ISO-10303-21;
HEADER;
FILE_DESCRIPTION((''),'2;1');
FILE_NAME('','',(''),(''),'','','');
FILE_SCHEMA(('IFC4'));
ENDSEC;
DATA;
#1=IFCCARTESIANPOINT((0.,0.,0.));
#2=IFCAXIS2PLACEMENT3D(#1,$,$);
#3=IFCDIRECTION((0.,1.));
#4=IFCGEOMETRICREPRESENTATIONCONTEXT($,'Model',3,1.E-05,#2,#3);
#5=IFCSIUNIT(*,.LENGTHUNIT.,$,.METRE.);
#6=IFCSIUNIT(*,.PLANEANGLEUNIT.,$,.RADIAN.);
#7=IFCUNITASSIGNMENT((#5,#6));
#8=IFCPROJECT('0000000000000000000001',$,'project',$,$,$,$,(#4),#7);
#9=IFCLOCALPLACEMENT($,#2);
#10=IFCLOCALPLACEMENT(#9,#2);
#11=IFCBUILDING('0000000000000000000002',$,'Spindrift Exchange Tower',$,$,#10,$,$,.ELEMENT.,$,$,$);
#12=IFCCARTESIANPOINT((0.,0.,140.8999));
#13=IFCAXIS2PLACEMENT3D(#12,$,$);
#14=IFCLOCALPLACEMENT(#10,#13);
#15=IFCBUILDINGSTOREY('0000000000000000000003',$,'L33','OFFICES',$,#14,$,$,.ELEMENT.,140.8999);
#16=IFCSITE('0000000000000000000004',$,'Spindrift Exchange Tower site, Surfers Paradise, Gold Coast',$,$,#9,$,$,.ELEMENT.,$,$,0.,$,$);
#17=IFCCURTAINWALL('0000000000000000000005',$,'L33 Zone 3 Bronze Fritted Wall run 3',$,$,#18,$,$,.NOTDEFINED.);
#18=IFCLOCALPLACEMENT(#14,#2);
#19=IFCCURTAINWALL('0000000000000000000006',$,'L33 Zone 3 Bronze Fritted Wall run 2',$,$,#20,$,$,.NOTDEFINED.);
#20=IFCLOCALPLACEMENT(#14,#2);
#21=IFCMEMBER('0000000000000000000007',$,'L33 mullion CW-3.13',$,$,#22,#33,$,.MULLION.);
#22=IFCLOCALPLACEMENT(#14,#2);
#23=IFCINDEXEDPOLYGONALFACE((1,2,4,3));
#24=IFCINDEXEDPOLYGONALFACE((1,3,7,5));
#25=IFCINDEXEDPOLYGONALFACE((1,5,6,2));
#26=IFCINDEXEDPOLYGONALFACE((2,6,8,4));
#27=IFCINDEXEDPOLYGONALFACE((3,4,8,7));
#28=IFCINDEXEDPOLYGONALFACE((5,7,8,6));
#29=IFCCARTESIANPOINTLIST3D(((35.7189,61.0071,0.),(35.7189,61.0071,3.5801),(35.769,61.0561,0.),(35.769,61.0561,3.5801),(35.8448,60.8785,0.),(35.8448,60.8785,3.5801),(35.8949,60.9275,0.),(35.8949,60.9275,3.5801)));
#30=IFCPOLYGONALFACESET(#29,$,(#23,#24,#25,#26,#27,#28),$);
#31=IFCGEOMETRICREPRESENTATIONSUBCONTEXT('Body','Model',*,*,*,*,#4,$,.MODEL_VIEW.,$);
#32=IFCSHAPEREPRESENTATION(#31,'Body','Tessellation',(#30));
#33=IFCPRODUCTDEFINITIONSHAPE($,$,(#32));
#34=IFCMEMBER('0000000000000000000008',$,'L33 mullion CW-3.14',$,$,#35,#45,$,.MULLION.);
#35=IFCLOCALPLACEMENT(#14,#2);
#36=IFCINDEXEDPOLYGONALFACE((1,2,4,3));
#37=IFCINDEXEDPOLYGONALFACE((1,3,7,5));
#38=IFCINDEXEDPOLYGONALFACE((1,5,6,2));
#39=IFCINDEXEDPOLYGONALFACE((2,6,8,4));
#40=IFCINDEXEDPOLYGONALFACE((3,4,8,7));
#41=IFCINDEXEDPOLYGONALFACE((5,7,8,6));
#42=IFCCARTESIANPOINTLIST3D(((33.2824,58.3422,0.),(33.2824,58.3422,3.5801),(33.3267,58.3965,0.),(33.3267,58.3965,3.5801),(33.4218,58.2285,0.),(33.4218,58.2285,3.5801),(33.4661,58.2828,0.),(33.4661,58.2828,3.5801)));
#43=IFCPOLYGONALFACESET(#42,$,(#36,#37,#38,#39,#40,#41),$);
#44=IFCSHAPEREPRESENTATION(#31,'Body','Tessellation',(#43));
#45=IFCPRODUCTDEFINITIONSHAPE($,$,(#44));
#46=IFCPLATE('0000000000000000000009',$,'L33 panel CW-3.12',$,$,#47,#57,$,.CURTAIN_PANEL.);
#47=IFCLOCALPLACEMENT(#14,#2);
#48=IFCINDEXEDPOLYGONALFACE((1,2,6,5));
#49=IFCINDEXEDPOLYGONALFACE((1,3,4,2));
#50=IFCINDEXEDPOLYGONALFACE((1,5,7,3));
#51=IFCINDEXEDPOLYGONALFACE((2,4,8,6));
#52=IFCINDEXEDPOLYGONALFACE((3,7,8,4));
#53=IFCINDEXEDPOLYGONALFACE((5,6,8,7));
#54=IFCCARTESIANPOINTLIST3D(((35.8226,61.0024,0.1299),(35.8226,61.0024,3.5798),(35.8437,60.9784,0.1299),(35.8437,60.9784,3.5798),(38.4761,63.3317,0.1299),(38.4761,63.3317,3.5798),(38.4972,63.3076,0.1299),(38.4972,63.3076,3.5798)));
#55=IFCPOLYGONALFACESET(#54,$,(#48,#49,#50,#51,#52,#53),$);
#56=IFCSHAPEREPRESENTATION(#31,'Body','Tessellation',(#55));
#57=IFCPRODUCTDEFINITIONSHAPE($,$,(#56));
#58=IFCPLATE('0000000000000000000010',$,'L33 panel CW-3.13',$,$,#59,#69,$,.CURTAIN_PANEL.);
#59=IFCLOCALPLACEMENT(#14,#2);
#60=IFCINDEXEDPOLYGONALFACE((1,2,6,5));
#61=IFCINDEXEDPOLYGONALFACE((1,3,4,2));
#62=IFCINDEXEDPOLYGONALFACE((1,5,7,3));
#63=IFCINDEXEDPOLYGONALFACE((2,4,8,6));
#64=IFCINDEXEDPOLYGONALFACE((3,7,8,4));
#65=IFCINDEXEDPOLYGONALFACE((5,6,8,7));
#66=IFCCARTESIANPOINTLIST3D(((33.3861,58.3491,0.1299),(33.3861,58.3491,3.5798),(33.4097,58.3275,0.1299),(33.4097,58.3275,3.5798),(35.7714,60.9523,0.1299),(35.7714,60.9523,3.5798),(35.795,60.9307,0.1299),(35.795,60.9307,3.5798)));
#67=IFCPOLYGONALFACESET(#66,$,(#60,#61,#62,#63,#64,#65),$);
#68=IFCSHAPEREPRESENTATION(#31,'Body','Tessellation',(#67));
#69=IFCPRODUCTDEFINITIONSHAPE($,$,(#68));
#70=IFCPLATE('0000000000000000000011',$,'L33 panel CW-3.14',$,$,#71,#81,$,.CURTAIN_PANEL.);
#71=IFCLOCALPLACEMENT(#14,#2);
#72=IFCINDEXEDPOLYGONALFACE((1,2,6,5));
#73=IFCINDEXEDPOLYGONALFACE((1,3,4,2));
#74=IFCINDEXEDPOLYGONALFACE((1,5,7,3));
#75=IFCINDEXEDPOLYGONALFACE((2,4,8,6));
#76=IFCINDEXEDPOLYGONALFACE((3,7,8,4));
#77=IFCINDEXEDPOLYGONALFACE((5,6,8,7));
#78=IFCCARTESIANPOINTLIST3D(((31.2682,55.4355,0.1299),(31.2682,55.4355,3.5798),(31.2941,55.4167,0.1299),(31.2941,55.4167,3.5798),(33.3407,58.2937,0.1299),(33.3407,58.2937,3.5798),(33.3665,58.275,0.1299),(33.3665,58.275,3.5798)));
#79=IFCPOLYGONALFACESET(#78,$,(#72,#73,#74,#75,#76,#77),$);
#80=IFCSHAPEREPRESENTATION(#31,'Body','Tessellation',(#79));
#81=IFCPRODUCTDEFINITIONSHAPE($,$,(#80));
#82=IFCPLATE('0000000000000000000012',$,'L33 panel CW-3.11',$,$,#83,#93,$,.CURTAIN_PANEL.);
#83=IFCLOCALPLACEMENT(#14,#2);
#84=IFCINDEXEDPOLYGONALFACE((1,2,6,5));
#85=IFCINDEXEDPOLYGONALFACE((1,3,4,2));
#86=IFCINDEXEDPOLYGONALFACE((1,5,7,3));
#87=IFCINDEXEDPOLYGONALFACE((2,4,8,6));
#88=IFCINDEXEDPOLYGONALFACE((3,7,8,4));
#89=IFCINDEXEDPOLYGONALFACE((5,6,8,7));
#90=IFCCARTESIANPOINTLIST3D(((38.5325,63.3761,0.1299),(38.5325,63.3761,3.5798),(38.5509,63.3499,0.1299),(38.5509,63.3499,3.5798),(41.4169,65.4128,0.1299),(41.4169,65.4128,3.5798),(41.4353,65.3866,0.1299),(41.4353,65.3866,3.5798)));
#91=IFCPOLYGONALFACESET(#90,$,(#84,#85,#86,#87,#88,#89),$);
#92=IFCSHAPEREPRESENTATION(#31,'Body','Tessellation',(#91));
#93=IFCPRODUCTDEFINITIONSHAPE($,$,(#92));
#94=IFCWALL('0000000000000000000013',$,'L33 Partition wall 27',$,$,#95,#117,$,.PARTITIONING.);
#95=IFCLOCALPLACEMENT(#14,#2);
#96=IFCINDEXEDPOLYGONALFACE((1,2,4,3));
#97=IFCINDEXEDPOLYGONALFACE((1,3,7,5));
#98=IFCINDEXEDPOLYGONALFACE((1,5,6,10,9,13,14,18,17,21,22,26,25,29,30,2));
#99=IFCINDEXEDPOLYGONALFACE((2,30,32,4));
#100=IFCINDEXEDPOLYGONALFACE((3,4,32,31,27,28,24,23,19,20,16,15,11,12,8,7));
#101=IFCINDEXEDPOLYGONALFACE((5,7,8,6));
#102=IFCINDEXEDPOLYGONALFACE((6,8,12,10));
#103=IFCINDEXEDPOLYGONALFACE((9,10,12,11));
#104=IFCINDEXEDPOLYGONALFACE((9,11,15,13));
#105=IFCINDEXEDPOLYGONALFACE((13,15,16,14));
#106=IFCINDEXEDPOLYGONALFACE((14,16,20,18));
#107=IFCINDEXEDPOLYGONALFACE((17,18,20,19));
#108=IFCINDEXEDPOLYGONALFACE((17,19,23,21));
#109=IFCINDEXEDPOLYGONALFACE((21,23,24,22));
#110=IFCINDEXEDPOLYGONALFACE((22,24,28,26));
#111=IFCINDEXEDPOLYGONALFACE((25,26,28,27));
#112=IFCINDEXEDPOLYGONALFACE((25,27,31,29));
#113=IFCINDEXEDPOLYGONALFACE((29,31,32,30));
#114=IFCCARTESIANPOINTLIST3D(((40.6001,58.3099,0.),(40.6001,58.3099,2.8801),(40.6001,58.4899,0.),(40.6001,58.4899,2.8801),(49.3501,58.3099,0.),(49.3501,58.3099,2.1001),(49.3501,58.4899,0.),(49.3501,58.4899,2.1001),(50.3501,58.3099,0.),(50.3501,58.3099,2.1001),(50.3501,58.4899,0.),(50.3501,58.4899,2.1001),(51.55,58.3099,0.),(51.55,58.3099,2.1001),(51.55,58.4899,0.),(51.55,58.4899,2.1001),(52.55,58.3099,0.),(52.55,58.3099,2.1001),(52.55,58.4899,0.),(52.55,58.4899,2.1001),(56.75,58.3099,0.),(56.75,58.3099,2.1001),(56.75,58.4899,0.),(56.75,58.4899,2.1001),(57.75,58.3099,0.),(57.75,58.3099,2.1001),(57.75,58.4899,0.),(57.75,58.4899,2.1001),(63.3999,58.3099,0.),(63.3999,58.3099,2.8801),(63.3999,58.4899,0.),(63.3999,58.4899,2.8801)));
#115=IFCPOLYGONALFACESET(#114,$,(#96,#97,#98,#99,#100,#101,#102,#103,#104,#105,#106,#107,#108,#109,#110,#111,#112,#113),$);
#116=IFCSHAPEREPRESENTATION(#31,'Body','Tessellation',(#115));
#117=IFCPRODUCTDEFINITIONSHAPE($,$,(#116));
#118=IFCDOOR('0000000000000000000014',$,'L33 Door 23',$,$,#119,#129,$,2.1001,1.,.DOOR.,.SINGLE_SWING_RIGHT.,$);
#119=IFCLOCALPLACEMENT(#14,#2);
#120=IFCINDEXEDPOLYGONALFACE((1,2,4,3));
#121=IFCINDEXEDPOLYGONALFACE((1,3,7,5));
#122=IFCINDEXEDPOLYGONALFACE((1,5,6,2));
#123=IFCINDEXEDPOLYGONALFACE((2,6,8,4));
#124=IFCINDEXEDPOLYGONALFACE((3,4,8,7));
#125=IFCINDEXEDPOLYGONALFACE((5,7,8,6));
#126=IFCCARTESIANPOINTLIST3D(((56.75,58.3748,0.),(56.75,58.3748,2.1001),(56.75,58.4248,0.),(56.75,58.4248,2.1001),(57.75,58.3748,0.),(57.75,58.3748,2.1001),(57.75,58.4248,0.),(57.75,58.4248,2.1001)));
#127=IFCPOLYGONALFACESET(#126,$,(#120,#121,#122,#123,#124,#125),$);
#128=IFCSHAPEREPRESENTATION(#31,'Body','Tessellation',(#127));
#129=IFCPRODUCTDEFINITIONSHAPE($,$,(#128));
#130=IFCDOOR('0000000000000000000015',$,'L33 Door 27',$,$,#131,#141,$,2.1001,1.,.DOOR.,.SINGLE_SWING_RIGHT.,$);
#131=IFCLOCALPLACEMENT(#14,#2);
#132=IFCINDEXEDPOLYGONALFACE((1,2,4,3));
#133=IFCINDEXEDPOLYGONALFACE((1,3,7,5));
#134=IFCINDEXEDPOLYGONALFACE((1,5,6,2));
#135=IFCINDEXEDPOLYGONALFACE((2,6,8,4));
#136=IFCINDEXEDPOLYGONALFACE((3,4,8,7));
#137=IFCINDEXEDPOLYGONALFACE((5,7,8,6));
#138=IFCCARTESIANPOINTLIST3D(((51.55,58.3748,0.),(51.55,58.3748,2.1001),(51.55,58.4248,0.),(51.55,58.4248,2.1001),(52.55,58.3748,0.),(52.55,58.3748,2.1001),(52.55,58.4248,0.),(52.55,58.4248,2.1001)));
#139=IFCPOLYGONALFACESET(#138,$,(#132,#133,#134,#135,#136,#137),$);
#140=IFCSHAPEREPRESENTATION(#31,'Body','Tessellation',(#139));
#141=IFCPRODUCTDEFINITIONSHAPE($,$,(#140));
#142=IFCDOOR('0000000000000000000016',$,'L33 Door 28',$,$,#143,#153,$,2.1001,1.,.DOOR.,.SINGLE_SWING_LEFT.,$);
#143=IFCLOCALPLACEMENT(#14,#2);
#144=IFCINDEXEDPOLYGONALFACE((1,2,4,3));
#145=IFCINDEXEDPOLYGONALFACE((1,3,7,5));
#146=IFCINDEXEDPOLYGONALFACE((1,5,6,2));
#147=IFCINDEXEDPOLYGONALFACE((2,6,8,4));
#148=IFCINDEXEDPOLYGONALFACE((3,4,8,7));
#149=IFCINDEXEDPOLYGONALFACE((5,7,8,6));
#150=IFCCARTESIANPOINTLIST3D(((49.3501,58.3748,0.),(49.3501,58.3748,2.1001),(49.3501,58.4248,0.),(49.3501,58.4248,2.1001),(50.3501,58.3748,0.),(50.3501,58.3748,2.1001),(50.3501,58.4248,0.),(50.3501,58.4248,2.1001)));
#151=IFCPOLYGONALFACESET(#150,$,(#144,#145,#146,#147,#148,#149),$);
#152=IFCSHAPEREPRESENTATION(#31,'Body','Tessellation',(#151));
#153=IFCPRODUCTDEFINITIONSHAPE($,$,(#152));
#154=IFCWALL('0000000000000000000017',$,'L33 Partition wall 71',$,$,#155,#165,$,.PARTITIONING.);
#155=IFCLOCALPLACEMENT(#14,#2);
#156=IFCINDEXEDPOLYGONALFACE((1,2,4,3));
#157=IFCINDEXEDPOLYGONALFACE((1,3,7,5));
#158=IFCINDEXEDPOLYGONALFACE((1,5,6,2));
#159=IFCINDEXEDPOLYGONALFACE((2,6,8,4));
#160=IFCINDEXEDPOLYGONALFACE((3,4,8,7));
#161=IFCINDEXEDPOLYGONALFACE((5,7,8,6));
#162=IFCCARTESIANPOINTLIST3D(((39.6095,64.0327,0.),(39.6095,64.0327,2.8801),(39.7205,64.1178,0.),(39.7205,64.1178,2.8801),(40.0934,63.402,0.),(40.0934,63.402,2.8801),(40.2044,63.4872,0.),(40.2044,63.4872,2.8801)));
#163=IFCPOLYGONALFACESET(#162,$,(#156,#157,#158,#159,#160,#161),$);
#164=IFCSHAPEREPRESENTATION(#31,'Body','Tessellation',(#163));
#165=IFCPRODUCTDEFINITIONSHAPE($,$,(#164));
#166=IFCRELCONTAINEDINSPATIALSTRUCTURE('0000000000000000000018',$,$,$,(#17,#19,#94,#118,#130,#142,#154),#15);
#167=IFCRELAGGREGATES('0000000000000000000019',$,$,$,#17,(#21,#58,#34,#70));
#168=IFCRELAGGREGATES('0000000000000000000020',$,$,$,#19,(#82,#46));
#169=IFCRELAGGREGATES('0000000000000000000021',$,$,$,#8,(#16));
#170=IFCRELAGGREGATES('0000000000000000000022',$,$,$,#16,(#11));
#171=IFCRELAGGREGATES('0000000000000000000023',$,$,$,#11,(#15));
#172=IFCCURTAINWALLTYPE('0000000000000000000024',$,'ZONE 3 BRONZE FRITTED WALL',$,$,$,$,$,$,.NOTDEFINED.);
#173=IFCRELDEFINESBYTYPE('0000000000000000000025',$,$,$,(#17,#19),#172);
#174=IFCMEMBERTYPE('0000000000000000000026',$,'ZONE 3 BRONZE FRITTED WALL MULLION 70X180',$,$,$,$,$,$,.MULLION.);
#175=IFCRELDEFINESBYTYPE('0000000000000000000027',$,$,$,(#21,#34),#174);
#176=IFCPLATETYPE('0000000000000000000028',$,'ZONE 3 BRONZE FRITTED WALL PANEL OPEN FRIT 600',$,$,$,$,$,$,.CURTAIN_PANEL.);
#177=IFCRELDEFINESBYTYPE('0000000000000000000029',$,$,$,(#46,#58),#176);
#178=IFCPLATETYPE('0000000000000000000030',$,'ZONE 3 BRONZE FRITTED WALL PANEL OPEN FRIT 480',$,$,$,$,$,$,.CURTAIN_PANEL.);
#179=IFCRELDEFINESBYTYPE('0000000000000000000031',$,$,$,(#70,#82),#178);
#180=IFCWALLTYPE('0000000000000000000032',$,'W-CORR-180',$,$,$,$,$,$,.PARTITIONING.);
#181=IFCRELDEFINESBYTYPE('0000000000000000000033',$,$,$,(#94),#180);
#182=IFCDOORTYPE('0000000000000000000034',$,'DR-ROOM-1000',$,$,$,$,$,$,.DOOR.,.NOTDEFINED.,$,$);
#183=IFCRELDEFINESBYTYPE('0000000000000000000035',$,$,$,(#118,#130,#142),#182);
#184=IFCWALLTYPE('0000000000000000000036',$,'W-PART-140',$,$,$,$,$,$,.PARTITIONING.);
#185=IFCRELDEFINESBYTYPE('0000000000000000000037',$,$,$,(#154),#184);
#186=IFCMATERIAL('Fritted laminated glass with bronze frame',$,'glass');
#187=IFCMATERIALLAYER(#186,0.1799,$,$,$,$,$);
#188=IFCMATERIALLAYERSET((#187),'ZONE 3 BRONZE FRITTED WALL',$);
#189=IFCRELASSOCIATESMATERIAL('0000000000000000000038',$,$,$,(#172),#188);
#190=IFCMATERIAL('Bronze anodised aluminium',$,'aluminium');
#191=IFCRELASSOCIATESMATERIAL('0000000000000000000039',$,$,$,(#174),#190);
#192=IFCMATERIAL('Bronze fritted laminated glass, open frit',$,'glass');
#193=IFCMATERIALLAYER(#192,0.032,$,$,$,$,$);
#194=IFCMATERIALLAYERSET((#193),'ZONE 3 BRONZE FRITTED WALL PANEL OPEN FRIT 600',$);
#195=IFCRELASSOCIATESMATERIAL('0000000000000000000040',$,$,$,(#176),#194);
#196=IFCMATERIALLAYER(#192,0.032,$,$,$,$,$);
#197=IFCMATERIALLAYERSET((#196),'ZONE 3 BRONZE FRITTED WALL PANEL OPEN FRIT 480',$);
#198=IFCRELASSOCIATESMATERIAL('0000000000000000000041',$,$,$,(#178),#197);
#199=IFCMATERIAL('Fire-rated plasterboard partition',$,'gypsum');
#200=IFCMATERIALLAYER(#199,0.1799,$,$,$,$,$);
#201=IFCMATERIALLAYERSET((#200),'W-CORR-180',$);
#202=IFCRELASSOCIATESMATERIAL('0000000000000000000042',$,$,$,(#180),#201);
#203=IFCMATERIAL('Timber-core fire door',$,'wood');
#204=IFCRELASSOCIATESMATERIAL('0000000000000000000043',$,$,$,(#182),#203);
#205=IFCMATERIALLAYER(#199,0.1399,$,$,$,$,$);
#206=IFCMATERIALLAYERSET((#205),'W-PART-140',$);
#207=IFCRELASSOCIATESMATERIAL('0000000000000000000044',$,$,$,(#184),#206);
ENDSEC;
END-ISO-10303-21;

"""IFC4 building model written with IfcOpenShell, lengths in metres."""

from ifc_helpers import new_model, si_unit, direction, frame, frame_2d, origin, origin_2d, place, context, subcontext, project, spatial, rectangle, extrude, source, transform, mapped, material, layer, layer_set, material_profile, profile_set, type_object, element, fill, aggregate, save


model = new_model("IFC4")

# Units and contexts
model_context = context("Model", 3, precision=1e-05, world=origin(), true_north=direction((0.0, 1.0)))
body_context = subcontext(model_context, "Body", "Model", "MODEL_VIEW")
ifc_project = project(units=[si_unit("LENGTHUNIT", "METRE"), si_unit("PLANEANGLEUNIT", "RADIAN")], contexts=[model_context])

# Site, building, storey
site_placement = place(None, origin())
site = spatial("IfcSite", under=ifc_project, at=site_placement, Name="Spindrift Exchange Tower site, Surfers Paradise, Gold Coast", CompositionType="ELEMENT", RefElevation=0.0)
building_placement = place(site_placement, origin())
building = spatial("IfcBuilding", under=site, at=building_placement, Name="Spindrift Exchange Tower", CompositionType="ELEMENT")
storey_placement = place(building_placement, frame((0.0, 0.0, 140.8999)))
storey = spatial("IfcBuildingStorey", under=building, at=storey_placement, Name="L33", Description="OFFICES", CompositionType="ELEMENT", Elevation=140.8999)

# Curtain wall
ifc_material_1 = material(Name="Fritted laminated glass with bronze frame", Category="glass")
ifc_layer_1 = layer(ifc_material_1, 0.1799)
ifc_layer_set_1 = layer_set([ifc_layer_1], Name="ZONE 3 BRONZE FRITTED WALL")
curtain_wall_type = type_object("IfcCurtainWallType", Name="ZONE 3 BRONZE FRITTED WALL", PredefinedType="NOTDEFINED", material=ifc_layer_set_1)
curtain_wall_1_placement = place(storey_placement, origin())
curtain_wall_1 = element("IfcCurtainWall", 1, at=curtain_wall_1_placement, inside=storey, type_object=curtain_wall_type, Name="L33 Zone 3 Bronze Fritted Wall run 3", PredefinedType="NOTDEFINED")
ifc_material_2 = material(Name="Bronze anodised aluminium", Category="aluminium")

# Curtain wall
curtain_wall_2_placement = place(storey_placement, origin())
curtain_wall_2 = element("IfcCurtainWall", 2, at=curtain_wall_2_placement, inside=storey, type_object=curtain_wall_type, Name="L33 Zone 3 Bronze Fritted Wall run 2", PredefinedType="NOTDEFINED")

# Members
ifc_material_profile_1 = material_profile(ifc_material_2, rectangle(XDim=0.0701, YDim=0.1799, at=origin_2d()), Name="ZONE 3 BRONZE FRITTED WALL MULLION 70X180")
ifc_profile_set_1 = profile_set([ifc_material_profile_1], Name="Bronze anodised aluminium")
member_type_1 = type_object("IfcMemberType", Name="ZONE 3 BRONZE FRITTED WALL MULLION 70X180", PredefinedType="MULLION", material=ifc_profile_set_1)
shared_shape_1 = source(origin(), body_context, "Body", "SweptSolid", [
    extrude(rectangle(XDim=0.0701, YDim=0.1799, at=origin_2d()), origin(), (0.0, 0.0, 1.0), 3.5801),
])
member_1_placement = place(storey_placement, frame((35.8069, 60.9673, 0.0), z_axis=(0.0, 0.0, 1.0), x_axis=(-0.714611, -0.699522, 0.0)))
member_1 = element("IfcMember", 3, at=member_1_placement, type_object=member_type_1, Name="L33 mullion CW-3.13", PredefinedType="MULLION", context=body_context, shape_type="MappedRepresentation", body=[
    mapped(shared_shape_1, transform((0.0, 0.0, 0.0), scale=1.0)),
])
member_2_placement = place(storey_placement, frame((33.3743, 58.3125, 0.0), z_axis=(0.0, 0.0, 1.0), x_axis=(-0.632325, -0.774703, 0.0)))
member_2 = element("IfcMember", 4, at=member_2_placement, type_object=member_type_1, Name="L33 mullion CW-3.14", PredefinedType="MULLION", context=body_context, shape_type="MappedRepresentation", body=[
    mapped(shared_shape_1, transform((0.0, 0.0, 0.0), scale=1.0)),
])

# Plates
ifc_material_3 = material(Name="Bronze fritted laminated glass, open frit", Category="glass")
ifc_layer_2 = layer(ifc_material_3, 0.032)
ifc_layer_set_2 = layer_set([ifc_layer_2], Name="ZONE 3 BRONZE FRITTED WALL PANEL OPEN FRIT 600")
plate_type_1 = type_object("IfcPlateType", Name="ZONE 3 BRONZE FRITTED WALL PANEL OPEN FRIT 600", PredefinedType="CURTAIN_PANEL", material=ifc_layer_set_2)
shared_shape_2 = source(origin(), body_context, "Body", "SweptSolid", [
    extrude(rectangle(XDim=3.5308, YDim=0.032, at=origin_2d()), origin(), (0.0, 0.0, 1.0), 3.45),
])
plate_1_placement = place(storey_placement, frame((37.1599, 62.155, 0.1299), z_axis=(0.0, 0.0, 1.0), x_axis=(-0.751535, -0.659693, 0.0)))
plate_1 = element("IfcPlate", 5, at=plate_1_placement, type_object=plate_type_1, Name="L33 panel CW-3.12", PredefinedType="CURTAIN_PANEL", context=body_context, shape_type="MappedRepresentation", body=[
    mapped(shared_shape_2, transform((0.0, 0.0, 0.0), scale=1.0)),
])
plate_2_placement = place(storey_placement, frame((34.5906, 59.6399, 0.1299), z_axis=(0.0, 0.0, 1.0), x_axis=(-0.675579, -0.737288, 0.0)))
plate_2 = element("IfcPlate", 6, at=plate_2_placement, type_object=plate_type_1, Name="L33 panel CW-3.13", PredefinedType="CURTAIN_PANEL", context=body_context, shape_type="MappedRepresentation", body=[
    mapped(shared_shape_2, transform((0.0, 0.0, 0.0), scale=1.0)),
])
ifc_layer_3 = layer(ifc_material_3, 0.032)
ifc_layer_set_3 = layer_set([ifc_layer_3], Name="ZONE 3 BRONZE FRITTED WALL PANEL OPEN FRIT 480")
plate_type_2 = type_object("IfcPlateType", Name="ZONE 3 BRONZE FRITTED WALL PANEL OPEN FRIT 480", PredefinedType="CURTAIN_PANEL", material=ifc_layer_set_3)
shared_shape_3 = source(origin(), body_context, "Body", "SweptSolid", [
    extrude(rectangle(XDim=3.5305, YDim=0.032, at=origin_2d()), origin(), (0.0, 0.0, 1.0), 3.45),
])
plate_3_placement = place(storey_placement, frame((32.3174, 56.8552, 0.1299), z_axis=(0.0, 0.0, 1.0), x_axis=(-0.587004, -0.809584, 0.0)))
plate_3 = element("IfcPlate", 7, at=plate_3_placement, type_object=plate_type_2, Name="L33 panel CW-3.14", PredefinedType="CURTAIN_PANEL", context=body_context, shape_type="MappedRepresentation", body=[
    mapped(shared_shape_3, transform((0.0, 0.0, 0.0), scale=1.0)),
])
aggregate(curtain_wall_1, [member_1, plate_2, member_2, plate_3])
shared_shape_4 = source(origin(), body_context, "Body", "SweptSolid", [
    extrude(rectangle(XDim=3.531, YDim=0.032, at=origin_2d()), origin(), (0.0, 0.0, 1.0), 3.45),
])
plate_4_placement = place(storey_placement, frame((39.9839, 64.3813, 0.1299), z_axis=(0.0, 0.0, 1.0), x_axis=(-0.816883, -0.576803, 0.0)))
plate_4 = element("IfcPlate", 8, at=plate_4_placement, type_object=plate_type_2, Name="L33 panel CW-3.11", PredefinedType="CURTAIN_PANEL", context=body_context, shape_type="MappedRepresentation", body=[
    mapped(shared_shape_4, transform((0.0, 0.0, 0.0), scale=1.0)),
])
aggregate(curtain_wall_2, [plate_4, plate_1])

# Wall, openings, doors
ifc_material_4 = material(Name="Fire-rated plasterboard partition", Category="gypsum")
ifc_layer_4 = layer(ifc_material_4, 0.1799)
ifc_layer_set_4 = layer_set([ifc_layer_4], Name="W-CORR-180")
wall_type_1 = type_object("IfcWallType", Name="W-CORR-180", PredefinedType="PARTITIONING", material=ifc_layer_set_4)
wall_1_placement = place(storey_placement, frame((40.6001, 58.3999, 0.0), z_axis=(0.0, 0.0, 1.0), x_axis=(1.0, 0.0, 0.0)))
wall_1 = element("IfcWall", 9, at=wall_1_placement, inside=storey, type_object=wall_type_1, Name="L33 Partition wall 27", PredefinedType="PARTITIONING", context=body_context, shape_type="SweptSolid", body=[
    extrude(rectangle(XDim=22.7998, YDim=0.1799, at=frame_2d((11.3999, 0.0))), origin(), (0.0, 0.0, 1.0), 2.8801),
])
opening_1_placement = place(wall_1_placement, frame((16.1499, 0.0, 0.0)))
opening_1 = element("IfcOpeningElement", 10, at=opening_1_placement, cuts=wall_1, PredefinedType="OPENING", context=body_context, shape_type="SweptSolid", body=[
    extrude(rectangle(XDim=1.0, YDim=2.1001, at=frame_2d((0.5, 1.05))), frame((0.0, 0.0999, 0.0), z_axis=(0.0, -1.0, 0.0), x_axis=(1.0, 0.0, 0.0)), (0.0, 0.0, 1.0), 0.2),
])
opening_2_placement = place(wall_1_placement, frame((10.95, 0.0, 0.0)))
opening_2 = element("IfcOpeningElement", 11, at=opening_2_placement, cuts=wall_1, PredefinedType="OPENING", context=body_context, shape_type="SweptSolid", body=[
    extrude(rectangle(XDim=1.0, YDim=2.1001, at=frame_2d((0.5, 1.05))), frame((0.0, 0.0999, 0.0), z_axis=(0.0, -1.0, 0.0), x_axis=(1.0, 0.0, 0.0)), (0.0, 0.0, 1.0), 0.2),
])
opening_3_placement = place(wall_1_placement, frame((8.75, 0.0, 0.0)))
opening_3 = element("IfcOpeningElement", 12, at=opening_3_placement, cuts=wall_1, PredefinedType="OPENING", context=body_context, shape_type="SweptSolid", body=[
    extrude(rectangle(XDim=1.0, YDim=2.1001, at=frame_2d((0.5, 1.05))), frame((0.0, 0.0999, 0.0), z_axis=(0.0, -1.0, 0.0), x_axis=(1.0, 0.0, 0.0)), (0.0, 0.0, 1.0), 0.2),
])
ifc_material_5 = material(Name="Timber-core fire door", Category="wood")
door_type = type_object("IfcDoorType", Name="DR-ROOM-1000", OperationType="NOTDEFINED", PredefinedType="DOOR", material=ifc_material_5)
shared_shape_5 = source(origin(), body_context, "Body", "SweptSolid", [
    extrude(rectangle(XDim=1.0, YDim=2.1001, at=frame_2d((0.5, 1.05))), frame((0.0, 0.0249, 0.0), z_axis=(0.0, -1.0, 0.0), x_axis=(1.0, 0.0, 0.0)), (0.0, 0.0, 1.0), 0.05),
])
door_1_placement = place(opening_1_placement, origin())
door_1 = element("IfcDoor", 13, at=door_1_placement, inside=storey, type_object=door_type, Name="L33 Door 23", OperationType="SINGLE_SWING_RIGHT", OverallHeight=2.1001, OverallWidth=1.0, PredefinedType="DOOR", context=body_context, shape_type="MappedRepresentation", body=[
    mapped(shared_shape_5, transform((0.0, 0.0, 0.0), scale=1.0)),
])
fill(opening_1, door_1)
door_2_placement = place(opening_2_placement, origin())
door_2 = element("IfcDoor", 14, at=door_2_placement, inside=storey, type_object=door_type, Name="L33 Door 27", OperationType="SINGLE_SWING_RIGHT", OverallHeight=2.1001, OverallWidth=1.0, PredefinedType="DOOR", context=body_context, shape_type="MappedRepresentation", body=[
    mapped(shared_shape_5, transform((0.0, 0.0, 0.0), scale=1.0)),
])
fill(opening_2, door_2)
door_3_placement = place(opening_3_placement, origin())
door_3 = element("IfcDoor", 15, at=door_3_placement, inside=storey, type_object=door_type, Name="L33 Door 28", OperationType="SINGLE_SWING_LEFT", OverallHeight=2.1001, OverallWidth=1.0, PredefinedType="DOOR", context=body_context, shape_type="MappedRepresentation", body=[
    mapped(shared_shape_5, transform((0.0, 0.0, 0.0), scale=1.0)),
])
fill(opening_3, door_3)

# Wall
ifc_layer_5 = layer(ifc_material_4, 0.1399)
ifc_layer_set_5 = layer_set([ifc_layer_5], Name="W-PART-140")
wall_type_2 = type_object("IfcWallType", Name="W-PART-140", PredefinedType="PARTITIONING", material=ifc_layer_set_5)
wall_2_placement = place(storey_placement, frame((40.1489, 63.4446, 0.0), z_axis=(0.0, 0.0, 1.0), x_axis=(-0.60876, 0.793354, 0.0)))
element("IfcWall", 16, at=wall_2_placement, inside=storey, type_object=wall_type_2, Name="L33 Partition wall 71", PredefinedType="PARTITIONING", context=body_context, shape_type="SweptSolid", body=[
    extrude(rectangle(XDim=0.7949, YDim=0.1399, at=frame_2d((0.3975, 0.0))), origin(), (0.0, 0.0, 1.0), 2.8801),
])

save(model, "model.ifc")
